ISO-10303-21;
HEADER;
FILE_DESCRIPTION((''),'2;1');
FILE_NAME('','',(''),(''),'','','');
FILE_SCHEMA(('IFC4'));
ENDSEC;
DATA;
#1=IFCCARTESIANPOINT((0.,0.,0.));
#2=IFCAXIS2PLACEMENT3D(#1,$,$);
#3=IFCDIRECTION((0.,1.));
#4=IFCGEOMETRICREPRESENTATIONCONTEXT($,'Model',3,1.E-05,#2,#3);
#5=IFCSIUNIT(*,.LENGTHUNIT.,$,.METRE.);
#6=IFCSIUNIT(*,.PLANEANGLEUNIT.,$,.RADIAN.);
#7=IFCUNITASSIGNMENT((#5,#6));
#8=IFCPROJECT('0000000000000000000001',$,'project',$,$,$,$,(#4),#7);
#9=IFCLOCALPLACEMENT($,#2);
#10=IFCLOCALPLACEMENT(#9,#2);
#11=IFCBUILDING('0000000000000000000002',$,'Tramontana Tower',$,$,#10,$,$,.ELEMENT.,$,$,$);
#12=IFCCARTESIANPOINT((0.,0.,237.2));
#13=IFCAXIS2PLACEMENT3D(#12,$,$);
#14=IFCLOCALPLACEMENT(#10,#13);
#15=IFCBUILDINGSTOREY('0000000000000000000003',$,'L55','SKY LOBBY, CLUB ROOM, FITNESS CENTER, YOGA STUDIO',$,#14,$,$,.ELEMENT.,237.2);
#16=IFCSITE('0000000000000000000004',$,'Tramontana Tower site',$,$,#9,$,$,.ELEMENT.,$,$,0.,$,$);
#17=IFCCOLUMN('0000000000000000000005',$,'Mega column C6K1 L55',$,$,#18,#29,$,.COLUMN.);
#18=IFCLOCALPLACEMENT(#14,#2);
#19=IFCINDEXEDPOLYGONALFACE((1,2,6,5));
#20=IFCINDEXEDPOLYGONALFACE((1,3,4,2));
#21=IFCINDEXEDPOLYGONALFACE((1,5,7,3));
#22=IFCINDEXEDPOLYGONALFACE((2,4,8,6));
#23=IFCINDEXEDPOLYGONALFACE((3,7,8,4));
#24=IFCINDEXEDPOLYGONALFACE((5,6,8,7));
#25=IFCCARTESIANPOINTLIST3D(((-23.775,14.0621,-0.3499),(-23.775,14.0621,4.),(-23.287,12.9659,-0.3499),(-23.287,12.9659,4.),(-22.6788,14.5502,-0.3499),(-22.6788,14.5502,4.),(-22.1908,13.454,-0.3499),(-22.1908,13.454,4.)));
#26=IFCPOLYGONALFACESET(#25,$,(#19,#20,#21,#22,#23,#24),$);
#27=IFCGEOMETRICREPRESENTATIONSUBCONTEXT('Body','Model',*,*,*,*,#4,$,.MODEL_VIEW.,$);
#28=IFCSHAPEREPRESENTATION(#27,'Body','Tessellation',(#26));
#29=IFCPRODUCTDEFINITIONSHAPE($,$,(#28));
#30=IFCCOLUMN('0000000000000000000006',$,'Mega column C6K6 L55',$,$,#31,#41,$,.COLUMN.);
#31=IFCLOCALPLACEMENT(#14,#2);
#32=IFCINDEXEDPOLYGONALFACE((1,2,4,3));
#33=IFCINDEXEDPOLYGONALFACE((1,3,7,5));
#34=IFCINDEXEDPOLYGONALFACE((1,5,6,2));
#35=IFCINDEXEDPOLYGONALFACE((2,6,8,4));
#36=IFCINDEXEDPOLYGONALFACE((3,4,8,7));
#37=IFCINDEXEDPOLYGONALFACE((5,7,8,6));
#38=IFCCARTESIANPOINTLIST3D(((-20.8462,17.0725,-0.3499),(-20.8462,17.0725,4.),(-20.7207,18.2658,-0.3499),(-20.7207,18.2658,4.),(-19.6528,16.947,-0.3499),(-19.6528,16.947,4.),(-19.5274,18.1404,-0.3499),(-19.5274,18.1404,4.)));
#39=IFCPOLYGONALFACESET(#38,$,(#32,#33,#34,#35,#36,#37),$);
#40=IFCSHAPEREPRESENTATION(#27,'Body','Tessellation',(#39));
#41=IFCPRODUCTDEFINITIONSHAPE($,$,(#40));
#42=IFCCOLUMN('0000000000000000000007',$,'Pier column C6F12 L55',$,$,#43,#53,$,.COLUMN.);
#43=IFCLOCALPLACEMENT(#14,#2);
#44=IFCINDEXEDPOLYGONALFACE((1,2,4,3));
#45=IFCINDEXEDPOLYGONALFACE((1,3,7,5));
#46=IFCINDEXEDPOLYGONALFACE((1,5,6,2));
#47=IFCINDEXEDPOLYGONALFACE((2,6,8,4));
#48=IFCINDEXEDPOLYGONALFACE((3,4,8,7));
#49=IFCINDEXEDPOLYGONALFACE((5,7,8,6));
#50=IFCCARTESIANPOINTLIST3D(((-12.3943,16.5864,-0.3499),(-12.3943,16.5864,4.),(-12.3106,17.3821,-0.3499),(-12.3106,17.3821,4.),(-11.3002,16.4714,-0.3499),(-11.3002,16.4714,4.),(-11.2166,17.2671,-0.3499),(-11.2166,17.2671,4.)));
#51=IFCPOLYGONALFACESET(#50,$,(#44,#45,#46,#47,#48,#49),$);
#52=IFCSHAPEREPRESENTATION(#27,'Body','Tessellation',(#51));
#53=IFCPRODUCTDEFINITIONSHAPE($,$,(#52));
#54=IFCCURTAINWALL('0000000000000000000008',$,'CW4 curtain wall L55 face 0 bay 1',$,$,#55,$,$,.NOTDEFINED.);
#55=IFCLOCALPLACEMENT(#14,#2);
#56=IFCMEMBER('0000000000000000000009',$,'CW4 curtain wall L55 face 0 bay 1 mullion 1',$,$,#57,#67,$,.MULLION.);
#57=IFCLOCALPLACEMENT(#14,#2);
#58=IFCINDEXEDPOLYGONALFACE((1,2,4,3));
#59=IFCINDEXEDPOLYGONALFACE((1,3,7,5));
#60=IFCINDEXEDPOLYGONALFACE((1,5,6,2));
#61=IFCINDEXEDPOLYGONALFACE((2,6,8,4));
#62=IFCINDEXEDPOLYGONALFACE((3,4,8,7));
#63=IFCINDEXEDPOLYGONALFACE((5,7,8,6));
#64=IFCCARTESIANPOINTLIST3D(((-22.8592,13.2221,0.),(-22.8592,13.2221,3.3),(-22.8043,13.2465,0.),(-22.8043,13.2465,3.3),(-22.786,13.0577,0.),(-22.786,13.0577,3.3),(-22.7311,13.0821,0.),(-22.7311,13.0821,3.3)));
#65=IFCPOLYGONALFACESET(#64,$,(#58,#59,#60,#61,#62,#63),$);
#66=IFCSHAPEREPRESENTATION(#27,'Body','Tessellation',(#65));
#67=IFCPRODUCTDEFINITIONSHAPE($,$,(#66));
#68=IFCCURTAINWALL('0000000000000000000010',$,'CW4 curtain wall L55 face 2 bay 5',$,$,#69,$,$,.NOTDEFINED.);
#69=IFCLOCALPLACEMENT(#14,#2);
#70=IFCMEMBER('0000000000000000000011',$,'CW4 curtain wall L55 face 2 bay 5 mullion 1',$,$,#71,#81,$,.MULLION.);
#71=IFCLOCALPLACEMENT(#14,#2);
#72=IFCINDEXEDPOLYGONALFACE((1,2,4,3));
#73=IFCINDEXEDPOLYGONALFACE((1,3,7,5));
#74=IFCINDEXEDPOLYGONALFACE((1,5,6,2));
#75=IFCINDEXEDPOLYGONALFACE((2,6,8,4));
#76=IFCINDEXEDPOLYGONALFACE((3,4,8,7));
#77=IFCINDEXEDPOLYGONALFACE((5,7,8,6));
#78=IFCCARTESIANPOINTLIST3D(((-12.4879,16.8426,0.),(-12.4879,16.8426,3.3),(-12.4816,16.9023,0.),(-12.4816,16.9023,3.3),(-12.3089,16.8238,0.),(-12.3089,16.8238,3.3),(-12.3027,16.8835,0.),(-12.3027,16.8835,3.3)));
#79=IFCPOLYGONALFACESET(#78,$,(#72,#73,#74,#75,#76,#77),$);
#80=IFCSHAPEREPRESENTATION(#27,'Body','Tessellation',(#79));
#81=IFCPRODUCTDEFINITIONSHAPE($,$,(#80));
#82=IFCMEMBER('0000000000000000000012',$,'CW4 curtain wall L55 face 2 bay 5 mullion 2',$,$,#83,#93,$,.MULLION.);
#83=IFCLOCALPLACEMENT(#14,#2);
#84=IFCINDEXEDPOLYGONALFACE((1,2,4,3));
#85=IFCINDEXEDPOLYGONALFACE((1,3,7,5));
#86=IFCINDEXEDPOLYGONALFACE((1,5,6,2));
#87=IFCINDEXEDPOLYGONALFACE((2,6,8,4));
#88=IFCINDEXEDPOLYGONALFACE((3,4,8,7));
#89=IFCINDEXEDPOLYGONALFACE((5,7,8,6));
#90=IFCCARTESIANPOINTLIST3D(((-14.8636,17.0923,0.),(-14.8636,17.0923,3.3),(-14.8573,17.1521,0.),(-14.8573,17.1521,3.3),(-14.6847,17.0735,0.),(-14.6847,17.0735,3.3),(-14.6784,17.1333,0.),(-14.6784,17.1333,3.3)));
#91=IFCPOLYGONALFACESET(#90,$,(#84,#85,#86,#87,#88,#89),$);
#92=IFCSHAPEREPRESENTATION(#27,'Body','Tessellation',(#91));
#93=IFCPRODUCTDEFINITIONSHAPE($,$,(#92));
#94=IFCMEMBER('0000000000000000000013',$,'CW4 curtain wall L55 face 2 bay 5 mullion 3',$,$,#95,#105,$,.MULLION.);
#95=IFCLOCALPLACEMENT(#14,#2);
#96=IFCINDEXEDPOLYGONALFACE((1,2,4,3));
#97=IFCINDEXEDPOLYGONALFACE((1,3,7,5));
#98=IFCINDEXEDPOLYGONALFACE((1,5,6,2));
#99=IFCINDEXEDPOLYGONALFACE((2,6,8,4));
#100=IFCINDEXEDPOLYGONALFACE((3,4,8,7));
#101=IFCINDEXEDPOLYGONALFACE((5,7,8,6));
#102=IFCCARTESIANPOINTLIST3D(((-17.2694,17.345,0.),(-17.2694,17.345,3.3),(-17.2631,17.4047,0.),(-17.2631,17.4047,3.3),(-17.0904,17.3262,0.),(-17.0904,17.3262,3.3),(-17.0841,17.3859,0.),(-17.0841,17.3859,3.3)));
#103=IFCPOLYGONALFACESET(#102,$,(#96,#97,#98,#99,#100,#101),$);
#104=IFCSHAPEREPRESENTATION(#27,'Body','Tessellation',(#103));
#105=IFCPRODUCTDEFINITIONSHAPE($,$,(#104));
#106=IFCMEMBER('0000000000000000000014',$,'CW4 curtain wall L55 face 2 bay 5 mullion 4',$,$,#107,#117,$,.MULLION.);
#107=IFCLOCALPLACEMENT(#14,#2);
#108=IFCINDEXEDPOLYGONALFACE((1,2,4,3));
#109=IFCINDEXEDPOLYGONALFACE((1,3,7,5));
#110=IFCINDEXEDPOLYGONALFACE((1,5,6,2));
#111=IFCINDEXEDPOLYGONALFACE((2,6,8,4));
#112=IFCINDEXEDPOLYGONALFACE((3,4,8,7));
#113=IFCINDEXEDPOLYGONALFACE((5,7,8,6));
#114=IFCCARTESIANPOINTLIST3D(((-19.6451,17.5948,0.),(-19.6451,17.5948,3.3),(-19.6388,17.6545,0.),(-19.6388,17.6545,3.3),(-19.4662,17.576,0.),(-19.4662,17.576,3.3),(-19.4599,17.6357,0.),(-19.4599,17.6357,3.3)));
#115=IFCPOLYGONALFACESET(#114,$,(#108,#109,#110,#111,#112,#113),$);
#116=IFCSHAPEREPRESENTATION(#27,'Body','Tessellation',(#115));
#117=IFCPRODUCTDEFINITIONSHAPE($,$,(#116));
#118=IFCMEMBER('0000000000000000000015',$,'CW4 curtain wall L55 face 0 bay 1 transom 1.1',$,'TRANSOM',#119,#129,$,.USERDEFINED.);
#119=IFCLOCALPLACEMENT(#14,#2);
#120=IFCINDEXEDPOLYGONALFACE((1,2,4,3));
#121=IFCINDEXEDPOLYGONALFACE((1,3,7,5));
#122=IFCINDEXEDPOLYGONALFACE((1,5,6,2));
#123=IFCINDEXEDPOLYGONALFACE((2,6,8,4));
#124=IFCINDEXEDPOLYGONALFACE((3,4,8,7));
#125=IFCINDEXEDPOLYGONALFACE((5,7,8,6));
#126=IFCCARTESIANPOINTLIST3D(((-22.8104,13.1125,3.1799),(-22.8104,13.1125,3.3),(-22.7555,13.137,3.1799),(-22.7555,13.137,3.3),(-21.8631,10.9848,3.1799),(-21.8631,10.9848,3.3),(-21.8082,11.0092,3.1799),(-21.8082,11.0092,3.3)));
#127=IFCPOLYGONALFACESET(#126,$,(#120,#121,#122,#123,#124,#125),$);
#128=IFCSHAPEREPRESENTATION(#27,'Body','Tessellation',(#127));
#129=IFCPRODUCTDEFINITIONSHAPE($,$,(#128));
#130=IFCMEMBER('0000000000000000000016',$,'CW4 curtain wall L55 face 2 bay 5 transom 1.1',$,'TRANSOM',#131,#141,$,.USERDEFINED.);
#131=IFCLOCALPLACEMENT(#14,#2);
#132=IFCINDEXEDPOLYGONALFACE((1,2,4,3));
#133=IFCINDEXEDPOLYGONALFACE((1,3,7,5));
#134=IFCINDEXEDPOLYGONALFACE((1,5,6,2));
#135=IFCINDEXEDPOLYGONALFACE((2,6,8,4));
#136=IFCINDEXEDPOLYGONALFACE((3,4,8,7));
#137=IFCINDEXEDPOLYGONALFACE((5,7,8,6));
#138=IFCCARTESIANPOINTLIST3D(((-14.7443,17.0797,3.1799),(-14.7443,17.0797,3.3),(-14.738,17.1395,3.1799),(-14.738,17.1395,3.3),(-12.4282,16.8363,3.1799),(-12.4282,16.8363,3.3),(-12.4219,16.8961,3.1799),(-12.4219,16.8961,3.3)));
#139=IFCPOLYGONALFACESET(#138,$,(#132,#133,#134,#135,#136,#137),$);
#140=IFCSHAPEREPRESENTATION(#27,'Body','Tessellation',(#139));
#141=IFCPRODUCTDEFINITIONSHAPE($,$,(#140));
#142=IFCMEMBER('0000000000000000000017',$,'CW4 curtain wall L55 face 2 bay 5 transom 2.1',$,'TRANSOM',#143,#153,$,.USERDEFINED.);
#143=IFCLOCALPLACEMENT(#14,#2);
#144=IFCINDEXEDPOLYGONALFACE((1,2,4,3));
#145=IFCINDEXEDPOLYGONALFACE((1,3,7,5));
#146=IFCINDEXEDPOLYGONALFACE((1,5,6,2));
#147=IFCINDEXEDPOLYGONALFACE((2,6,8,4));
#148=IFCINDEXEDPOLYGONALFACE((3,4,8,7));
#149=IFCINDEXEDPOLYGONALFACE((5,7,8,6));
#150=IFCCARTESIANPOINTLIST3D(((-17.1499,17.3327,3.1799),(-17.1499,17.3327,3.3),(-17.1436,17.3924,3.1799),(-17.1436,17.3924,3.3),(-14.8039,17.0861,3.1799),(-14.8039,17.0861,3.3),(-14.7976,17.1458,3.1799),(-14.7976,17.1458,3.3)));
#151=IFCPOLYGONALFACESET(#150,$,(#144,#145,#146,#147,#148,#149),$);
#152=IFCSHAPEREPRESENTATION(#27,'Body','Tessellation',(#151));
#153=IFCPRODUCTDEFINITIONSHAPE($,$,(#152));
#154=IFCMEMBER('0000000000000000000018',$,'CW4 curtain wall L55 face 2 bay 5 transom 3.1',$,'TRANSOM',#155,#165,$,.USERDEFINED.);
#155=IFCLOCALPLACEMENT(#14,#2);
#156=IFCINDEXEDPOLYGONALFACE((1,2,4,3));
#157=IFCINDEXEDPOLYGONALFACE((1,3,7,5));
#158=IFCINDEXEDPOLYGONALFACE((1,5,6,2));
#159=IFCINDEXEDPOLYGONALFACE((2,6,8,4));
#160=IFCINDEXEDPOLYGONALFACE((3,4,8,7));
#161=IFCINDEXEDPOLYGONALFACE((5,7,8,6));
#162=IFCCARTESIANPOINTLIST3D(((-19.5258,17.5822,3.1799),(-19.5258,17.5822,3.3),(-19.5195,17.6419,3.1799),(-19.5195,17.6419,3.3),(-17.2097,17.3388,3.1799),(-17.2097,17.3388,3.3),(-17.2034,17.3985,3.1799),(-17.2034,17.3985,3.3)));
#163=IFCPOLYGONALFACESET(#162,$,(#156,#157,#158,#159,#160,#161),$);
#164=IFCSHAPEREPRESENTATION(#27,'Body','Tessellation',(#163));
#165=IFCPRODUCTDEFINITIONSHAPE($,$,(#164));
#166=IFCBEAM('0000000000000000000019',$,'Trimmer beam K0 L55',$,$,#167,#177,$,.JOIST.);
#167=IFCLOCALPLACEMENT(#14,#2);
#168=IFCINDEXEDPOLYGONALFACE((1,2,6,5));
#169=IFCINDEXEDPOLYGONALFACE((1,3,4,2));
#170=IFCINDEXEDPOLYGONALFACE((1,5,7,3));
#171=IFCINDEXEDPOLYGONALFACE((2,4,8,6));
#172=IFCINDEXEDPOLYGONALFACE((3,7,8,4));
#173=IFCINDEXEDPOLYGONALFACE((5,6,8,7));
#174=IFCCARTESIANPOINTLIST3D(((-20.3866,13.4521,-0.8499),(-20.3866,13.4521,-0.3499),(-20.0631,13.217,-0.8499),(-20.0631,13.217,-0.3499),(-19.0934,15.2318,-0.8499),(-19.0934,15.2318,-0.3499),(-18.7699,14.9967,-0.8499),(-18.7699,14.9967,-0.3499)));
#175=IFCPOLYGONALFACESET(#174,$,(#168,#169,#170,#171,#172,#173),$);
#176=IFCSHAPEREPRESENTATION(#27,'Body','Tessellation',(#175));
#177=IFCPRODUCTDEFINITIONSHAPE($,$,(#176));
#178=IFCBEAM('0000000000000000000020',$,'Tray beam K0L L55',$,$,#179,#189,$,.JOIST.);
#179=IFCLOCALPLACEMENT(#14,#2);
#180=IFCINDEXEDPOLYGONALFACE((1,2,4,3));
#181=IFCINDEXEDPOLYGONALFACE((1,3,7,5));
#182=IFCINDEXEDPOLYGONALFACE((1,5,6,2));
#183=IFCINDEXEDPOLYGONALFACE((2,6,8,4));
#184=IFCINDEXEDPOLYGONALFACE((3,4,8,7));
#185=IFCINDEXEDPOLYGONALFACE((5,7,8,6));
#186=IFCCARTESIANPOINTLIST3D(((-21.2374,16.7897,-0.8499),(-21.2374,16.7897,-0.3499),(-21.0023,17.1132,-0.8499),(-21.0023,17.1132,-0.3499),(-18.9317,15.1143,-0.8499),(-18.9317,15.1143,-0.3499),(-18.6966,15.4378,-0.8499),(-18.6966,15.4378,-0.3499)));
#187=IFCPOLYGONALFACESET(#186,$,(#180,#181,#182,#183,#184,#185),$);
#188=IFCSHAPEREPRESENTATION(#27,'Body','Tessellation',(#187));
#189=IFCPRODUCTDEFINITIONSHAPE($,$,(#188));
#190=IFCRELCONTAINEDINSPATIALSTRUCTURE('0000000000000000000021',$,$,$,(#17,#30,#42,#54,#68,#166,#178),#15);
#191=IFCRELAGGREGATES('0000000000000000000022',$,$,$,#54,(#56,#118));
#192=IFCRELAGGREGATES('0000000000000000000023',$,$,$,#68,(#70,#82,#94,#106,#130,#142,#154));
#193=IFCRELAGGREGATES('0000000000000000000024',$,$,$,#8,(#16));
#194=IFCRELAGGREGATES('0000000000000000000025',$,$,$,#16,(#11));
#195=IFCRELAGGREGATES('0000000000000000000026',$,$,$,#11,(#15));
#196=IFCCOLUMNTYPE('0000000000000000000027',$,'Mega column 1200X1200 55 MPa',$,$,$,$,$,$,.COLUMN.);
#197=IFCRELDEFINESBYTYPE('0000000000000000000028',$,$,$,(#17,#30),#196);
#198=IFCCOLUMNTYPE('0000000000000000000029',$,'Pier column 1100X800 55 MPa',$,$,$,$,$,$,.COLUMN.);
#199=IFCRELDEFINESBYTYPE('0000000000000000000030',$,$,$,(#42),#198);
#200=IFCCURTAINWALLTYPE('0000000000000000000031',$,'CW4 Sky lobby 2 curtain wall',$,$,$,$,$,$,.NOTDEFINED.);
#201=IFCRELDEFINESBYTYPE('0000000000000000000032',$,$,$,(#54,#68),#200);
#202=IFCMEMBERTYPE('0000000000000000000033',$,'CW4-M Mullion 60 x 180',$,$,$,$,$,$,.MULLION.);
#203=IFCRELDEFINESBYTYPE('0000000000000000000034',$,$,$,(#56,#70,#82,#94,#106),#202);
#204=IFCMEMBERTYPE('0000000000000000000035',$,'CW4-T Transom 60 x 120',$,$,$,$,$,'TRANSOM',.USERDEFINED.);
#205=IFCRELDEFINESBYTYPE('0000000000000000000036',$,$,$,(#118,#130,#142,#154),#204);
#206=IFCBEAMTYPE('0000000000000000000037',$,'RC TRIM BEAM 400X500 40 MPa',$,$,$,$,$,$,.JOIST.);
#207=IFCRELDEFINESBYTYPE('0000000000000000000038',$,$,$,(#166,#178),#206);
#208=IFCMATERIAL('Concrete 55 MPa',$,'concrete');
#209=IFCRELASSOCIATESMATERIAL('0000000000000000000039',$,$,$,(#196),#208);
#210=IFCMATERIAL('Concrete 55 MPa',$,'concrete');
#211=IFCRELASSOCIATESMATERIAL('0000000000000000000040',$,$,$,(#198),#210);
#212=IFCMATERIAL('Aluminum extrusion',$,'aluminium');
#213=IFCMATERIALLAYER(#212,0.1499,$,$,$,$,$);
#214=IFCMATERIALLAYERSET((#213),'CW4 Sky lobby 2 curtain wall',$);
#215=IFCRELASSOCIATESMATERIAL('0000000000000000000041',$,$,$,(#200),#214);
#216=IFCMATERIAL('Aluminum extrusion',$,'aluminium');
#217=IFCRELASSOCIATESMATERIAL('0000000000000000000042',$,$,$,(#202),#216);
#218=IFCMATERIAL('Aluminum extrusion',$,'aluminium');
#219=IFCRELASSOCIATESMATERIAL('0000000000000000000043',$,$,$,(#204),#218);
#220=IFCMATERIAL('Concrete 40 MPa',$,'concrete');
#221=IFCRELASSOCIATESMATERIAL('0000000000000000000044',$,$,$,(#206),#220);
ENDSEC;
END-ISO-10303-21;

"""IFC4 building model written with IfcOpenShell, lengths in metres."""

from ifc_helpers import new_model, si_unit, direction, frame, origin, origin_2d, place, context, subcontext, project, spatial, rectangle, extrude, material, layer, layer_set, material_profile, profile_set, type_object, element, aggregate, save


model = new_model("IFC4")

# Units and contexts
model_context = context("Model", 3, precision=1e-05, world=origin(), true_north=direction((0.0, 1.0)))
body_context = subcontext(model_context, "Body", "Model", "MODEL_VIEW")
ifc_project = project(units=[si_unit("LENGTHUNIT", "METRE"), si_unit("PLANEANGLEUNIT", "RADIAN")], contexts=[model_context])

# Site, building, storey
site_placement = place(None, origin())
site = spatial("IfcSite", under=ifc_project, at=site_placement, Name="Tramontana Tower site", CompositionType="ELEMENT", RefElevation=0.0)
building_placement = place(site_placement, origin())
building = spatial("IfcBuilding", under=site, at=building_placement, Name="Tramontana Tower", CompositionType="ELEMENT")
storey_placement = place(building_placement, frame((0.0, 0.0, 237.2)))
storey = spatial("IfcBuildingStorey", under=building, at=storey_placement, Name="L55", Description="SKY LOBBY, CLUB ROOM, FITNESS CENTER, YOGA STUDIO", CompositionType="ELEMENT", Elevation=237.2)

# Columns
ifc_material_1 = material(Name="Concrete 55 MPa", Category="concrete")
ifc_material_profile_1 = material_profile(ifc_material_1, rectangle(XDim=1.2, YDim=1.2, at=origin_2d()), Name="Mega column 1200X1200 55 MPa")
ifc_profile_set_1 = profile_set([ifc_material_profile_1], Name="Concrete 55 MPa")
column_type_1 = type_object("IfcColumnType", Name="Mega column 1200X1200 55 MPa", PredefinedType="COLUMN", material=ifc_profile_set_1)
for number, where, z_axis, x_axis, name in (
    (1, (-22.9829, 13.7581, -0.3499), (0.0, 0.0, 1.0), (0.406737, -0.913545, 0.0), "Mega column C6K1 L55"),
    (2, (-20.1868, 17.6064, -0.3499), (0.0, 0.0, 1.0), (-0.994522, 0.104528, 0.0), "Mega column C6K6 L55"),
):
    element("IfcColumn", number, at=place(storey_placement, frame(where, z_axis=z_axis, x_axis=x_axis)), inside=storey, type_object=column_type_1, Name=name, PredefinedType="COLUMN", context=body_context, shape_type="SweptSolid", body=[
        extrude(rectangle(XDim=1.2, YDim=1.2, at=origin_2d()), origin(), (0.0, 0.0, 1.0), 4.3499),
    ])
ifc_material_2 = material(Name="Concrete 55 MPa", Category="concrete")
ifc_material_profile_2 = material_profile(ifc_material_2, rectangle(XDim=1.1001, YDim=0.8, at=origin_2d()), Name="Pier column 1100X800 55 MPa")
ifc_profile_set_2 = profile_set([ifc_material_profile_2], Name="Concrete 55 MPa")
column_type_2 = type_object("IfcColumnType", Name="Pier column 1100X800 55 MPa", PredefinedType="COLUMN", material=ifc_profile_set_2)
column_placement = place(storey_placement, frame((-11.8054, 16.9268, -0.3499), z_axis=(0.0, 0.0, 1.0), x_axis=(-0.994522, 0.104528, 0.0)))
element("IfcColumn", 3, at=column_placement, inside=storey, type_object=column_type_2, Name="Pier column C6F12 L55", PredefinedType="COLUMN", context=body_context, shape_type="SweptSolid", body=[
    extrude(rectangle(XDim=1.1001, YDim=0.8, at=origin_2d()), origin(), (0.0, 0.0, 1.0), 4.3499),
])

# Curtain wall, member
ifc_material_3 = material(Name="Aluminum extrusion", Category="aluminium")
ifc_layer_1 = layer(ifc_material_3, 0.1499)
ifc_layer_set_1 = layer_set([ifc_layer_1], Name="CW4 Sky lobby 2 curtain wall")
curtain_wall_type = type_object("IfcCurtainWallType", Name="CW4 Sky lobby 2 curtain wall", PredefinedType="NOTDEFINED", material=ifc_layer_set_1)
curtain_wall_1_placement = place(storey_placement, origin())
curtain_wall_1 = element("IfcCurtainWall", 4, at=curtain_wall_1_placement, inside=storey, type_object=curtain_wall_type, Name="CW4 curtain wall L55 face 0 bay 1", PredefinedType="NOTDEFINED")
ifc_material_4 = material(Name="Aluminum extrusion", Category="aluminium")
ifc_material_profile_3 = material_profile(ifc_material_4, rectangle(XDim=0.0601, YDim=0.1799, at=origin_2d()), Name="CW4-M Mullion 60 x 180")
ifc_profile_set_3 = profile_set([ifc_material_profile_3], Name="Aluminum extrusion")
member_type_1 = type_object("IfcMemberType", Name="CW4-M Mullion 60 x 180", PredefinedType="MULLION", material=ifc_profile_set_3)
member_1_placement = place(storey_placement, frame((-22.7952, 13.1521, 0.0), z_axis=(0.0, 0.0, 1.0), x_axis=(0.913545, 0.406737, 0.0)))
member_1 = element("IfcMember", 5, at=member_1_placement, type_object=member_type_1, Name="CW4 curtain wall L55 face 0 bay 1 mullion 1", PredefinedType="MULLION", context=body_context, shape_type="SweptSolid", body=[
    extrude(rectangle(XDim=0.0601, YDim=0.1799, at=origin_2d()), origin(), (0.0, 0.0, 1.0), 3.3),
])

# Curtain wall, members
curtain_wall_2_placement = place(storey_placement, origin())
curtain_wall_2 = element("IfcCurtainWall", 6, at=curtain_wall_2_placement, inside=storey, type_object=curtain_wall_type, Name="CW4 curtain wall L55 face 2 bay 5", PredefinedType="NOTDEFINED")
member_2_placement = place(storey_placement, frame((-12.3953, 16.863, 0.0), z_axis=(0.0, 0.0, 1.0), x_axis=(-0.104528, -0.994522, 0.0)))
member_2 = element("IfcMember", 7, at=member_2_placement, type_object=member_type_1, Name="CW4 curtain wall L55 face 2 bay 5 mullion 1", PredefinedType="MULLION", context=body_context, shape_type="SweptSolid", body=[
    extrude(rectangle(XDim=0.0601, YDim=0.1799, at=origin_2d()), origin(), (0.0, 0.0, 1.0), 3.3),
])
member_3_placement = place(storey_placement, frame((-14.771, 17.1128, 0.0), z_axis=(0.0, 0.0, 1.0), x_axis=(-0.104528, -0.994522, 0.0)))
member_3 = element("IfcMember", 8, at=member_3_placement, type_object=member_type_1, Name="CW4 curtain wall L55 face 2 bay 5 mullion 2", PredefinedType="MULLION", context=body_context, shape_type="SweptSolid", body=[
    extrude(rectangle(XDim=0.0601, YDim=0.1799, at=origin_2d()), origin(), (0.0, 0.0, 1.0), 3.3),
])
member_4_placement = place(storey_placement, frame((-17.1768, 17.3655, 0.0), z_axis=(0.0, 0.0, 1.0), x_axis=(-0.104528, -0.994522, 0.0)))
member_4 = element("IfcMember", 9, at=member_4_placement, type_object=member_type_1, Name="CW4 curtain wall L55 face 2 bay 5 mullion 3", PredefinedType="MULLION", context=body_context, shape_type="SweptSolid", body=[
    extrude(rectangle(XDim=0.0601, YDim=0.1799, at=origin_2d()), origin(), (0.0, 0.0, 1.0), 3.3),
])
member_5_placement = place(storey_placement, frame((-19.5525, 17.6152, 0.0), z_axis=(0.0, 0.0, 1.0), x_axis=(-0.104528, -0.994522, 0.0)))
member_5 = element("IfcMember", 10, at=member_5_placement, type_object=member_type_1, Name="CW4 curtain wall L55 face 2 bay 5 mullion 4", PredefinedType="MULLION", context=body_context, shape_type="SweptSolid", body=[
    extrude(rectangle(XDim=0.0601, YDim=0.1799, at=origin_2d()), origin(), (0.0, 0.0, 1.0), 3.3),
])

# Members
ifc_material_5 = material(Name="Aluminum extrusion", Category="aluminium")
ifc_material_profile_4 = material_profile(ifc_material_5, rectangle(XDim=0.0601, YDim=0.1201, at=origin_2d()), Name="CW4-T Transom 60 x 120")
ifc_profile_set_4 = profile_set([ifc_material_profile_4], Name="Aluminum extrusion")
member_type_2 = type_object("IfcMemberType", Name="CW4-T Transom 60 x 120", ElementType="TRANSOM", PredefinedType="USERDEFINED", material=ifc_profile_set_4)
member_6_placement = place(storey_placement, frame((-22.783, 13.1248, 3.24), z_axis=(0.406722, -0.913552, 0.0), x_axis=(0.913552, 0.406722, 0.0)))
member_6 = element("IfcMember", 11, at=member_6_placement, type_object=member_type_2, Name="CW4 curtain wall L55 face 0 bay 1 transom 1.1", ObjectType="TRANSOM", PredefinedType="USERDEFINED", context=body_context, shape_type="SweptSolid", body=[
    extrude(rectangle(XDim=0.0601, YDim=0.1201, at=origin_2d()), origin(), (0.0, 0.0, 1.0), 2.3291),
])
aggregate(curtain_wall_1, [member_1, member_6])
member_7_placement = place(storey_placement, frame((-12.425, 16.8662, 3.24), z_axis=(-0.994523, 0.104516, 0.0), x_axis=(-0.104516, -0.994523, 0.0)))
member_7 = element("IfcMember", 12, at=member_7_placement, type_object=member_type_2, Name="CW4 curtain wall L55 face 2 bay 5 transom 1.1", ObjectType="TRANSOM", PredefinedType="USERDEFINED", context=body_context, shape_type="SweptSolid", body=[
    extrude(rectangle(XDim=0.0601, YDim=0.1201, at=origin_2d()), origin(), (0.0, 0.0, 1.0), 2.3289),
])
member_8_placement = place(storey_placement, frame((-14.8008, 17.116, 3.24), z_axis=(-0.994521, 0.104534, 0.0), x_axis=(-0.104534, -0.994521, 0.0)))
member_8 = element("IfcMember", 13, at=member_8_placement, type_object=member_type_2, Name="CW4 curtain wall L55 face 2 bay 5 transom 2.1", ObjectType="TRANSOM", PredefinedType="USERDEFINED", context=body_context, shape_type="SweptSolid", body=[
    extrude(rectangle(XDim=0.0601, YDim=0.1201, at=origin_2d()), origin(), (0.0, 0.0, 1.0), 2.3589),
])
member_9_placement = place(storey_placement, frame((-17.2065, 17.3687, 3.24), z_axis=(-0.994523, 0.104516, 0.0), x_axis=(-0.104516, -0.994523, 0.0)))
member_9 = element("IfcMember", 14, at=member_9_placement, type_object=member_type_2, Name="CW4 curtain wall L55 face 2 bay 5 transom 3.1", ObjectType="TRANSOM", PredefinedType="USERDEFINED", context=body_context, shape_type="SweptSolid", body=[
    extrude(rectangle(XDim=0.0601, YDim=0.1201, at=origin_2d()), origin(), (0.0, 0.0, 1.0), 2.3289),
])

# Beams
ifc_material_6 = material(Name="Concrete 40 MPa", Category="concrete")
ifc_material_profile_5 = material_profile(ifc_material_6, rectangle(XDim=0.3999, YDim=0.5, at=origin_2d()), Name="RC TRIM BEAM 400X500 40 MPa")
ifc_profile_set_5 = profile_set([ifc_material_profile_5], Name="Concrete 40 MPa")
beam_type = type_object("IfcBeamType", Name="RC TRIM BEAM 400X500 40 MPa", PredefinedType="JOIST", material=ifc_profile_set_5)
beam_placement = place(storey_placement, frame((-18.9316, 15.1143, -0.5999), z_axis=(-0.587822, -0.80899, 0.0), x_axis=(0.80899, -0.587822, 0.0)))
element("IfcBeam", 15, at=beam_placement, inside=storey, type_object=beam_type, Name="Trimmer beam K0 L55", PredefinedType="JOIST", context=body_context, shape_type="SweptSolid", body=[
    extrude(rectangle(XDim=0.3999, YDim=0.5, at=origin_2d()), origin(), (0.0, 0.0, 1.0), 2.2),
])
for number, where, z_axis, x_axis, name in (
    (16, (-21.1199, 16.9514, -0.5999), (0.808995, -0.587815, 0.0), (0.587815, 0.808995, 0.0), "Tray beam K0L L55"),
):
    element("IfcBeam", number, at=place(storey_placement, frame(where, z_axis=z_axis, x_axis=x_axis)), inside=storey, type_object=beam_type, Name=name, PredefinedType="JOIST", context=body_context, shape_type="SweptSolid", body=[
        extrude(rectangle(XDim=0.3999, YDim=0.5, at=origin_2d()), origin(), (0.0, 0.0, 1.0), 2.8501),
    ])

aggregate(curtain_wall_2, [member_2, member_3, member_4, member_5, member_7, member_8, member_9])

save(model, "model.ifc")
